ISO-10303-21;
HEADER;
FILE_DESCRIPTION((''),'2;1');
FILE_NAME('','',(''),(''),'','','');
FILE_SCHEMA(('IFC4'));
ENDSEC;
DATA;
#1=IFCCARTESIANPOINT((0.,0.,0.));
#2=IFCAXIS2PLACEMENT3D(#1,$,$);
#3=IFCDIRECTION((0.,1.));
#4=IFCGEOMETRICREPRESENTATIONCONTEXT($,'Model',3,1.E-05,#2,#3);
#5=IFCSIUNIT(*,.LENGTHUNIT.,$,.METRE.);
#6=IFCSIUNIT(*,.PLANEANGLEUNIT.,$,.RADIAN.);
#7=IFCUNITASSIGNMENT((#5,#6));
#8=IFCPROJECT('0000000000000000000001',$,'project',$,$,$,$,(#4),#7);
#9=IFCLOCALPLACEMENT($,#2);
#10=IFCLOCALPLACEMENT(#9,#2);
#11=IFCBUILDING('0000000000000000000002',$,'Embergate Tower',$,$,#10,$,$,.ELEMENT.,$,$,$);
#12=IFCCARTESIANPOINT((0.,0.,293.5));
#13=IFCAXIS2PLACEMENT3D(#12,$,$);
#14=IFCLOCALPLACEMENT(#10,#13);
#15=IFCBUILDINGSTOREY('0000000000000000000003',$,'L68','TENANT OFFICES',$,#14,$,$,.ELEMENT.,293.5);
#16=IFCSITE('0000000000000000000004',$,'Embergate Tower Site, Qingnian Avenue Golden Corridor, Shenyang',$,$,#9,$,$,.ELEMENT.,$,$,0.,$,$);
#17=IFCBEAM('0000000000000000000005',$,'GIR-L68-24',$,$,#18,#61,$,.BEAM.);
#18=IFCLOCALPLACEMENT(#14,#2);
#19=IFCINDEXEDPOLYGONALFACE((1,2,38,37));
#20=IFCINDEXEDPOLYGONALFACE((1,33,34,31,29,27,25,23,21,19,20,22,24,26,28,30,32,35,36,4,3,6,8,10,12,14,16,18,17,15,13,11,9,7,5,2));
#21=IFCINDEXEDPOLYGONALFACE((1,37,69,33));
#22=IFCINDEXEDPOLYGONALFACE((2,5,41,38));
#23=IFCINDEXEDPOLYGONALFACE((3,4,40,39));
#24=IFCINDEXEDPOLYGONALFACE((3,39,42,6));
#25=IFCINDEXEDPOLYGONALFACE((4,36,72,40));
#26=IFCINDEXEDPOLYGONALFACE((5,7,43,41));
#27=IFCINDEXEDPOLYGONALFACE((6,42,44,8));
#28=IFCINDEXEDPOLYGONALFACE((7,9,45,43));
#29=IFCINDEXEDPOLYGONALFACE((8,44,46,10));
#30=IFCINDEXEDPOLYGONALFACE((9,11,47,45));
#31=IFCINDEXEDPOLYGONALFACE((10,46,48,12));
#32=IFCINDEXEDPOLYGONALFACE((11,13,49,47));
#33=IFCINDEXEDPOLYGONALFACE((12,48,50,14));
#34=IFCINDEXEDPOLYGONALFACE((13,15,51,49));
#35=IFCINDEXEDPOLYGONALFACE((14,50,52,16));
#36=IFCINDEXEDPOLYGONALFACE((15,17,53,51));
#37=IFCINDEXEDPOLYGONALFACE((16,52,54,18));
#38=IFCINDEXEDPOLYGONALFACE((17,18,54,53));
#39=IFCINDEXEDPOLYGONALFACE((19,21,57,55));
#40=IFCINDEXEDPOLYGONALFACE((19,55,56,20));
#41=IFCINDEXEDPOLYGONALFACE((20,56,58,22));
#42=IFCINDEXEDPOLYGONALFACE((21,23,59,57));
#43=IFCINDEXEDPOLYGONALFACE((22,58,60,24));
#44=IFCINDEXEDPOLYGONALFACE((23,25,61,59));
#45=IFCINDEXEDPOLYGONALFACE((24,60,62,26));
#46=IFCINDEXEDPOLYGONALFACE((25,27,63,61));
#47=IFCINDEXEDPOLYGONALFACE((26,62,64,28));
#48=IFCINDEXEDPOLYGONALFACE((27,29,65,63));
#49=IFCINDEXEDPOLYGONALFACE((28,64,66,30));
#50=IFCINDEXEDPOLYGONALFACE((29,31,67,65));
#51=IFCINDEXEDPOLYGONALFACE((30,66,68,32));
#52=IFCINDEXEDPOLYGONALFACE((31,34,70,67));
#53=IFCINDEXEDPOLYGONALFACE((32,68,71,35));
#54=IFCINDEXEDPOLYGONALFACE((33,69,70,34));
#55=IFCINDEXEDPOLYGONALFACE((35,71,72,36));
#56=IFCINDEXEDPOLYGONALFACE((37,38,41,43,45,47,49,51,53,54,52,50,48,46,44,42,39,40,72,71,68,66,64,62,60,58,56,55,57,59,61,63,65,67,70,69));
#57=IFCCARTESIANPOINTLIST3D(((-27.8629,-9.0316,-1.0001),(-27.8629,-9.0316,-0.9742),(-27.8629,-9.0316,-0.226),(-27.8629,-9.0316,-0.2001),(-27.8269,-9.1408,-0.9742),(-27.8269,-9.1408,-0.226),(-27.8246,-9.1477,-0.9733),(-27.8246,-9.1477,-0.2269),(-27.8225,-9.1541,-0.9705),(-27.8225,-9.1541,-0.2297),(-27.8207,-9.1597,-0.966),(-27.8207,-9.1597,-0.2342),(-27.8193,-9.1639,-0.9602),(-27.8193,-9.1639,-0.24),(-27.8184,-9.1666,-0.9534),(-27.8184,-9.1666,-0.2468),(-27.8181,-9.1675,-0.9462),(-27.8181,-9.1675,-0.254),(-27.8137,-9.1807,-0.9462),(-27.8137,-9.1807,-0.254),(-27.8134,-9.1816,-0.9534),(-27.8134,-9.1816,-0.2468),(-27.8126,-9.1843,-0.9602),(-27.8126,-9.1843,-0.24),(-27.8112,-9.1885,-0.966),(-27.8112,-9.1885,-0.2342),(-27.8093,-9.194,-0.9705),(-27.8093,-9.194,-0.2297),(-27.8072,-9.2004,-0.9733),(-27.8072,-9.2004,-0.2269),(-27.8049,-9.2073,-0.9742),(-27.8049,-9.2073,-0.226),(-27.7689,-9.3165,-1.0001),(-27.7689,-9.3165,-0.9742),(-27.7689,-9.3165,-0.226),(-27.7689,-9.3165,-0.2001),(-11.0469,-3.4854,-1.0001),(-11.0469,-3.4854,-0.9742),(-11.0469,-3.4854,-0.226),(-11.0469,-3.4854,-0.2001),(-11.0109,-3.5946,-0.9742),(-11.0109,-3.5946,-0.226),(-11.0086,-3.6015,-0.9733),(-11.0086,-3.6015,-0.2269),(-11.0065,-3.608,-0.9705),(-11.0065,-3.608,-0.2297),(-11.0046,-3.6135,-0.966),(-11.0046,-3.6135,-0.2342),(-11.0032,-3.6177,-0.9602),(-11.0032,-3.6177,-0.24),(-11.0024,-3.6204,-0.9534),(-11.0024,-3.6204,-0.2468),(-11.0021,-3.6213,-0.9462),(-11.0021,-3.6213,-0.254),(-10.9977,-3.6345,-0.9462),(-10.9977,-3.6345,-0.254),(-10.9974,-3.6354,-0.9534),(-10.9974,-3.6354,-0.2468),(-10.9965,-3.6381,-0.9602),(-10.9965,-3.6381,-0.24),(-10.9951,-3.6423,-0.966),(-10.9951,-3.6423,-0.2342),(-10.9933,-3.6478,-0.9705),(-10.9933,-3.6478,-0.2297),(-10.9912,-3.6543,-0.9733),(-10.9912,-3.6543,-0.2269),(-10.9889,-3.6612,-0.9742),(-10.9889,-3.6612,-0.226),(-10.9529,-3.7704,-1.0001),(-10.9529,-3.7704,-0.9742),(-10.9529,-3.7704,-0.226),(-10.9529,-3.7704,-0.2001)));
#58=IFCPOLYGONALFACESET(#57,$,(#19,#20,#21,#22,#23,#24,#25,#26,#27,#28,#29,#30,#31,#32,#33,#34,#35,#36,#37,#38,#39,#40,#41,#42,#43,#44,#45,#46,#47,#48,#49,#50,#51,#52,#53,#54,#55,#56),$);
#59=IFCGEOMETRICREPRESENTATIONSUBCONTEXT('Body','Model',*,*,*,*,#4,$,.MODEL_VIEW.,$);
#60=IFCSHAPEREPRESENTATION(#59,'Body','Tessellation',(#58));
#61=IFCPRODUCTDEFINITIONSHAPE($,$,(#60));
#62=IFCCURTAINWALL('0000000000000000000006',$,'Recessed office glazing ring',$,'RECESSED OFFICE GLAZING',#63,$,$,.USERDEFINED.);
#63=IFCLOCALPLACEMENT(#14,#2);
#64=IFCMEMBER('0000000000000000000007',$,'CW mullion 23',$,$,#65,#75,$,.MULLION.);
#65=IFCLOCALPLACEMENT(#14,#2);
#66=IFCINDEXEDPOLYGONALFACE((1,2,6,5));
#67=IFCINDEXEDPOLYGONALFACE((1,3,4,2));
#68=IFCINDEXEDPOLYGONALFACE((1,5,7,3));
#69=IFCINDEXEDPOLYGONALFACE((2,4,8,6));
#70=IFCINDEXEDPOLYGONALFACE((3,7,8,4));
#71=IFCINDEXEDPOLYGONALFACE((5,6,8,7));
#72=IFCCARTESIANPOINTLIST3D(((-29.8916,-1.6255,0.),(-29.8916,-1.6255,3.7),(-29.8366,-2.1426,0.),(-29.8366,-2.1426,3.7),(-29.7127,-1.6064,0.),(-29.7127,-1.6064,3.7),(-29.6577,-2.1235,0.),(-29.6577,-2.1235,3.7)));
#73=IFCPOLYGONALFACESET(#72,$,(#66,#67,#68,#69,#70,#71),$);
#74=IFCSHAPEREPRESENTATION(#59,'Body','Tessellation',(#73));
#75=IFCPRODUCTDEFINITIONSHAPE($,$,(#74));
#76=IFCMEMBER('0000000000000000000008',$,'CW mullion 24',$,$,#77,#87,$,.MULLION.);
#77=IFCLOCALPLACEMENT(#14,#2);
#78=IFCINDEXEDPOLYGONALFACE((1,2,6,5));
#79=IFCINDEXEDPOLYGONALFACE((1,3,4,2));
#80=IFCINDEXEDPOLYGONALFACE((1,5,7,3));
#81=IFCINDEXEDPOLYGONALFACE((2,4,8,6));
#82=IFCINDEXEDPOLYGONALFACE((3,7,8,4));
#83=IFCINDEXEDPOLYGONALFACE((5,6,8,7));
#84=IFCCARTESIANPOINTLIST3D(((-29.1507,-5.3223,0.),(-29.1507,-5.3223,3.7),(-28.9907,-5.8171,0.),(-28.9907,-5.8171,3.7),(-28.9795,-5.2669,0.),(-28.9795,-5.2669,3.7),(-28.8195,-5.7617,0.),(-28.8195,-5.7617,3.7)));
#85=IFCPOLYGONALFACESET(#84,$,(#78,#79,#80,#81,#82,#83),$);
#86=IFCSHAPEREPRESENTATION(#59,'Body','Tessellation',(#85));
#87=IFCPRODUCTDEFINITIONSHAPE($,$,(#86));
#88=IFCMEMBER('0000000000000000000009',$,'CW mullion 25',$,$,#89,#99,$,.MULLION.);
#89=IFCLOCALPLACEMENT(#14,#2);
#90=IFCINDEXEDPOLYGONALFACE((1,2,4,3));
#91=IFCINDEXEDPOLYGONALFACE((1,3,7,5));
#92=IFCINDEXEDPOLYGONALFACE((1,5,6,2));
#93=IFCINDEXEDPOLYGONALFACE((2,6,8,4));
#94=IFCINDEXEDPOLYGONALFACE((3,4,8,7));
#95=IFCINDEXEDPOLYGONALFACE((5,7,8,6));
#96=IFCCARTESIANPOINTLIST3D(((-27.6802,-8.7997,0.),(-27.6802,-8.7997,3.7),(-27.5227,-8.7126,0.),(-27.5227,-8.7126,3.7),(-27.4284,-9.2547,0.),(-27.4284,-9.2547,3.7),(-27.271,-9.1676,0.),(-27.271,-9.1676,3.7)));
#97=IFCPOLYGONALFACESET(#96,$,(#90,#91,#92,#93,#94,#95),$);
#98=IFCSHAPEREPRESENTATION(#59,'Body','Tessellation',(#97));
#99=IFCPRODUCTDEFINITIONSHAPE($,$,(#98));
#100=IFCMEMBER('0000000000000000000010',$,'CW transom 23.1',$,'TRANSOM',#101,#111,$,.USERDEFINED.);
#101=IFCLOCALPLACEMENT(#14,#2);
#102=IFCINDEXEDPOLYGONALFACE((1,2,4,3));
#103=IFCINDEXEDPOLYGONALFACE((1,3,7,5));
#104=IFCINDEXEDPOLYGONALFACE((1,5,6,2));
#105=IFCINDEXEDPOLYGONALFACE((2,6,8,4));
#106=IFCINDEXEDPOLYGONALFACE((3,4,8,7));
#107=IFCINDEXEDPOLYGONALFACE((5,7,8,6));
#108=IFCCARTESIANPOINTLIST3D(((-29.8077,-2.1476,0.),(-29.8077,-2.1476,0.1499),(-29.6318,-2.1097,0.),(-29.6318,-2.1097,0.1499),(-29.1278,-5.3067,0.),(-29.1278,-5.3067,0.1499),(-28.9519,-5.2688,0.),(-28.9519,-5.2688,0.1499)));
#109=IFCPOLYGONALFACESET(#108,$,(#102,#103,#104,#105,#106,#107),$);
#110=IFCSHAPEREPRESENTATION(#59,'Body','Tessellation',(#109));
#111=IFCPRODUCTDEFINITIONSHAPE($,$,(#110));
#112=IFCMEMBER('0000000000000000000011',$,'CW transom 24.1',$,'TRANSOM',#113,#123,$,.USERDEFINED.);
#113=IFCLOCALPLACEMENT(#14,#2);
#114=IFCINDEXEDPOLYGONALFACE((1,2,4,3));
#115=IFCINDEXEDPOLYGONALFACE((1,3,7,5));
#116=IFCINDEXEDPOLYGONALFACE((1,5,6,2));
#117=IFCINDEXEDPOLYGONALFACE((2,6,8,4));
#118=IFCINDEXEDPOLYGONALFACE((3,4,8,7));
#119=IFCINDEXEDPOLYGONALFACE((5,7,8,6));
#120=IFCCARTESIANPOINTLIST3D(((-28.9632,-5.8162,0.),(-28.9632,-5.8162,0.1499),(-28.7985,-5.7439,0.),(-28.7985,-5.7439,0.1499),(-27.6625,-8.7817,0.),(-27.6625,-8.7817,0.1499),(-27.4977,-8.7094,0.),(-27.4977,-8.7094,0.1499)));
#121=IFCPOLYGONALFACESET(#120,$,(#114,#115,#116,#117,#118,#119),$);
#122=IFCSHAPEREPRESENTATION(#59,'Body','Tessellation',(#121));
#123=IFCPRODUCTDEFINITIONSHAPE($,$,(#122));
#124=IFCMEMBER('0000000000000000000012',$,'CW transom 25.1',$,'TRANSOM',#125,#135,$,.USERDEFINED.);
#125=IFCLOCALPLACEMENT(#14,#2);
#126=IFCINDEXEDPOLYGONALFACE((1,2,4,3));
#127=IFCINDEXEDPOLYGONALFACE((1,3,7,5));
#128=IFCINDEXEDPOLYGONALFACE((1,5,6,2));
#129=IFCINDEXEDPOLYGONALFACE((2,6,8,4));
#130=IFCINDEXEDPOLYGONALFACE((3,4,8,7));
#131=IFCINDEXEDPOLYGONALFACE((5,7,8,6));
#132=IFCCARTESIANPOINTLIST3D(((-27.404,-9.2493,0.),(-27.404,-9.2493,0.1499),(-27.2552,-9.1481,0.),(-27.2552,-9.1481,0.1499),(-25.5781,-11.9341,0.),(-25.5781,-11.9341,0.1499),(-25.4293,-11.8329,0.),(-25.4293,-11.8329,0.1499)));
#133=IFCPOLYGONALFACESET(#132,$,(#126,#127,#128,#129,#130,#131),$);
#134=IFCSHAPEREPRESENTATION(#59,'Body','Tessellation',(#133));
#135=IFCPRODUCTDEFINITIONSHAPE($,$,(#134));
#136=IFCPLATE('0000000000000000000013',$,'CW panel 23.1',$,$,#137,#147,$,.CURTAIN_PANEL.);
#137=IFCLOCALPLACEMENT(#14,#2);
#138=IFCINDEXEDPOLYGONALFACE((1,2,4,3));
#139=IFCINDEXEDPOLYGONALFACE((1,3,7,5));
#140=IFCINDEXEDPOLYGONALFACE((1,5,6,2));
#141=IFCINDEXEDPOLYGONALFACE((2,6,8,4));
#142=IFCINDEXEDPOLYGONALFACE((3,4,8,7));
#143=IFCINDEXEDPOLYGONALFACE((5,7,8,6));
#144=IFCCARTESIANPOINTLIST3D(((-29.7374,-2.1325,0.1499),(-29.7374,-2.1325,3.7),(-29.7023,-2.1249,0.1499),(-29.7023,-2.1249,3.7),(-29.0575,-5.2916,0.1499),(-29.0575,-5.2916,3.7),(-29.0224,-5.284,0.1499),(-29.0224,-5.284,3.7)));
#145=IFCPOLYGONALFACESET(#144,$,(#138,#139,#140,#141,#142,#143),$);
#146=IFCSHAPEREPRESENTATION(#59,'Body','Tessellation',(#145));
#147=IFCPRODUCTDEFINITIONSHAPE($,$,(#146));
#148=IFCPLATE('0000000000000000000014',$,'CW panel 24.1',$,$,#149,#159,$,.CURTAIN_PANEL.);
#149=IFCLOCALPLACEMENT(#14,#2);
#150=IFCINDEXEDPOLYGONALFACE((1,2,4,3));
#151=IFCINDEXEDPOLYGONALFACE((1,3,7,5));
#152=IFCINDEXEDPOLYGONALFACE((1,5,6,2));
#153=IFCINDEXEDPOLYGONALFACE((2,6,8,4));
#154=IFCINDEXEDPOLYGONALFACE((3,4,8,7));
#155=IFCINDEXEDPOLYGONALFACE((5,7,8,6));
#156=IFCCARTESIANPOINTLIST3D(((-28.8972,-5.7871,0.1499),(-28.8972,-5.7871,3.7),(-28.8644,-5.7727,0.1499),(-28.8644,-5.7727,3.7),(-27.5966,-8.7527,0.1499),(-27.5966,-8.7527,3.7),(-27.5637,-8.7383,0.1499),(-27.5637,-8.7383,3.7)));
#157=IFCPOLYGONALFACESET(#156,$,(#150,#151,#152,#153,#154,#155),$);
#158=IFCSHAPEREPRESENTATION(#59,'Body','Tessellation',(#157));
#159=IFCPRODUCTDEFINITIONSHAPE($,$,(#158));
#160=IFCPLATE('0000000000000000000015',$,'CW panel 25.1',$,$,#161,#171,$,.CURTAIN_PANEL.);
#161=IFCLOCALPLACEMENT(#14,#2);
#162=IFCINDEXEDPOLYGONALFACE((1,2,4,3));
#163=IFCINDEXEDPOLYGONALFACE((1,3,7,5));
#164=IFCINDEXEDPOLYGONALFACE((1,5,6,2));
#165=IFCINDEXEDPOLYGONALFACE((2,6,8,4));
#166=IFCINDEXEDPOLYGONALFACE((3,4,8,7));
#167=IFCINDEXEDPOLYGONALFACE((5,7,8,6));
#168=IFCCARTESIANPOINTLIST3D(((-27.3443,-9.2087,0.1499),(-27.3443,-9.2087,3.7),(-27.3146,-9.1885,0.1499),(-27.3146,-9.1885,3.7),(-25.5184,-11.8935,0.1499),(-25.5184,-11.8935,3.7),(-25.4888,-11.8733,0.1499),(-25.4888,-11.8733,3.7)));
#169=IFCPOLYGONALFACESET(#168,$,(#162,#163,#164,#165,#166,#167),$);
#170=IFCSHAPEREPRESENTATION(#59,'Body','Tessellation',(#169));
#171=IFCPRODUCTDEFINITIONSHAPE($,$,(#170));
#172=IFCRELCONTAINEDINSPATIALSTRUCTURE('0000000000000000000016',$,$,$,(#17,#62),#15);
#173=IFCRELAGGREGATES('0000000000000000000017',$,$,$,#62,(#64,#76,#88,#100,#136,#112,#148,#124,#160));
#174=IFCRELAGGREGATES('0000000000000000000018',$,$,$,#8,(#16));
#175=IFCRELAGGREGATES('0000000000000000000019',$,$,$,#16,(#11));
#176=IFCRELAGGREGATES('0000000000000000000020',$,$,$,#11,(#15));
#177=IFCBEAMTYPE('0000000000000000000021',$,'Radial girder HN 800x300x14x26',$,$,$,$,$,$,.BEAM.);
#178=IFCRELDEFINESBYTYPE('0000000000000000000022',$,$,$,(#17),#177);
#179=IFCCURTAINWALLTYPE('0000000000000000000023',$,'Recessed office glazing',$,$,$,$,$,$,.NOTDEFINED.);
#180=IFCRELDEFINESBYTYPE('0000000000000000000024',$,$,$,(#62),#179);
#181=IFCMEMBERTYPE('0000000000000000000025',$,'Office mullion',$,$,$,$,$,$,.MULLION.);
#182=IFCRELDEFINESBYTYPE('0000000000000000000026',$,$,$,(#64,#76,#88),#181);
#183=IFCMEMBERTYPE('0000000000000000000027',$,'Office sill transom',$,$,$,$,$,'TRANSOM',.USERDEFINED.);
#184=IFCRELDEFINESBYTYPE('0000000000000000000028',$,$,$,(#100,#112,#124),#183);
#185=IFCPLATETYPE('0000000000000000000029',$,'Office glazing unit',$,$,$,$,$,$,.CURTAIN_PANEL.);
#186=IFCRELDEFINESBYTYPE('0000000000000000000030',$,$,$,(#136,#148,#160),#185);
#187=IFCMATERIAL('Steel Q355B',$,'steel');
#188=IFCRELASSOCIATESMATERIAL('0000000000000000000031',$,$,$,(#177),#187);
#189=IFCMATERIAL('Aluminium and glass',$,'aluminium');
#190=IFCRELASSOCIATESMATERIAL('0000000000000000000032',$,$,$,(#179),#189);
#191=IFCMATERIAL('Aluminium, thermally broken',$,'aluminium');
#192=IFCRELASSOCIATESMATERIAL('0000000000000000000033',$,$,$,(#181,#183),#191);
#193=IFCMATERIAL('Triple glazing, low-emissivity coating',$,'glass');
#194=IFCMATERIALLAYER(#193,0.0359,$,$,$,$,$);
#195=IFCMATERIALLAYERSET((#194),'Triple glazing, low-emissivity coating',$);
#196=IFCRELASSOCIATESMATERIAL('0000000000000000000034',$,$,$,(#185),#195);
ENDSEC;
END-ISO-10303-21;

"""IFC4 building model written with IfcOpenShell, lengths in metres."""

from ifc_helpers import new_model, si_unit, direction, frame, origin, origin_2d, place, context, subcontext, project, spatial, rectangle, i_section, extrude, source, transform, mapped, material, layer, layer_set, material_profile, profile_set, type_object, element, aggregate, save


model = new_model("IFC4")

# Units and contexts
model_context = context("Model", 3, precision=1e-05, world=origin(), true_north=direction((0.0, 1.0)))
body_context = subcontext(model_context, "Body", "Model", "MODEL_VIEW")
ifc_project = project(units=[si_unit("LENGTHUNIT", "METRE"), si_unit("PLANEANGLEUNIT", "RADIAN")], contexts=[model_context])

# Site, building, storey
site_placement = place(None, origin())
site = spatial("IfcSite", under=ifc_project, at=site_placement, Name="Embergate Tower Site, Qingnian Avenue Golden Corridor, Shenyang", CompositionType="ELEMENT", RefElevation=0.0)
building_placement = place(site_placement, origin())
building = spatial("IfcBuilding", under=site, at=building_placement, Name="Embergate Tower", CompositionType="ELEMENT")
storey_placement = place(building_placement, frame((0.0, 0.0, 293.5)))
storey = spatial("IfcBuildingStorey", under=building, at=storey_placement, Name="L68", Description="TENANT OFFICES", CompositionType="ELEMENT", Elevation=293.5)

# Beam
ifc_material_1 = material(Name="Steel Q355B", Category="steel")
ifc_material_profile_1 = material_profile(ifc_material_1, i_section(OverallWidth=0.3, OverallDepth=0.8, WebThickness=0.0139, FlangeThickness=0.0259, FilletRadius=0.0281, at=origin_2d()), Name="HN 800x300x14x26")
ifc_profile_set_1 = profile_set([ifc_material_profile_1], Name="Steel Q355 grade B")
beam_type_1 = type_object("IfcBeamType", Name="Radial girder HN 800x300x14x26", PredefinedType="BEAM", material=ifc_profile_set_1)
shared_shape_1 = source(origin(), body_context, "Body", "SweptSolid", [
    extrude(i_section(OverallWidth=0.3, OverallDepth=0.8, WebThickness=0.0139, FlangeThickness=0.0259, FilletRadius=0.0281, at=origin_2d()), origin(), (0.0, 0.0, 1.0), 17.707),
])
beam_1_placement = place(storey_placement, frame((-27.8159, -9.1741, -0.6001), z_axis=(0.949681, 0.313219, 0.0), x_axis=(-0.313219, 0.949681, 0.0)))
element("IfcBeam", 1, at=beam_1_placement, inside=storey, type_object=beam_type_1, Name="GIR-L68-24", PredefinedType="BEAM", context=body_context, shape_type="MappedRepresentation", body=[
    mapped(shared_shape_1, transform((0.0, 0.0, 0.0))),
])

# Curtain wall, members, plates
ifc_material_2 = material(Name="Aluminium and glass", Category="aluminium")
curtain_wall_type = type_object("IfcCurtainWallType", Name="Recessed office glazing", PredefinedType="NOTDEFINED", material=ifc_material_2)
curtain_wall_placement = place(storey_placement, origin())
curtain_wall = element("IfcCurtainWall", 2, at=curtain_wall_placement, inside=storey, type_object=curtain_wall_type, Name="Recessed office glazing ring", ObjectType="RECESSED OFFICE GLAZING", PredefinedType="USERDEFINED")
ifc_material_3 = material(Name="Aluminium, thermally broken", Category="aluminium")
ifc_material_profile_2 = material_profile(ifc_material_3, rectangle(XDim=0.1799, YDim=0.52, at=origin_2d()), Name="AL 520x180")
ifc_profile_set_2 = profile_set([ifc_material_profile_2], Name="Aluminium, thermally broken")
member_type_1 = type_object("IfcMemberType", Name="Office mullion", PredefinedType="MULLION", material=ifc_profile_set_2)
shared_shape_2 = source(origin(), body_context, "Body", "SweptSolid", [
    extrude(rectangle(XDim=0.1799, YDim=0.52, at=origin_2d()), origin(), (0.0, 0.0, 1.0), 3.7),
])
member_1_placement = place(storey_placement, frame((-29.7747, -1.8745, 0.0), z_axis=(0.0, 0.0, 1.0), x_axis=(0.994384, 0.10583, 0.0)))
member_1 = element("IfcMember", 3, at=member_1_placement, type_object=member_type_1, Name="CW mullion 23", PredefinedType="MULLION", context=body_context, shape_type="MappedRepresentation", body=[
    mapped(shared_shape_2, transform((0.0, 0.0, 0.0))),
])
member_2_placement = place(storey_placement, frame((-28.9851, -5.542, 0.0), z_axis=(0.0, 0.0, 1.0), x_axis=(0.951494, 0.307669, 0.0)))
member_2 = element("IfcMember", 4, at=member_2_placement, type_object=member_type_1, Name="CW mullion 24", PredefinedType="MULLION", context=body_context, shape_type="MappedRepresentation", body=[
    mapped(shared_shape_2, transform((0.0, 0.0, 0.0))),
])
member_3_placement = place(storey_placement, frame((-27.4756, -8.9836, 0.0), z_axis=(0.0, 0.0, 1.0), x_axis=(0.874993, 0.484135, 0.0)))
member_3 = element("IfcMember", 5, at=member_3_placement, type_object=member_type_1, Name="CW mullion 25", PredefinedType="MULLION", context=body_context, shape_type="MappedRepresentation", body=[
    mapped(shared_shape_2, transform((0.0, 0.0, 0.0))),
])
ifc_material_profile_3 = material_profile(ifc_material_3, rectangle(XDim=0.1799, YDim=0.1499, at=origin_2d()), Name="AL 150x180")
ifc_profile_set_3 = profile_set([ifc_material_profile_3], Name="Aluminium, thermally broken")
member_type_2 = type_object("IfcMemberType", Name="Office sill transom", ElementType="TRANSOM", PredefinedType="USERDEFINED", material=ifc_profile_set_3)
shared_shape_3 = source(origin(), body_context, "Body", "SweptSolid", [
    extrude(rectangle(XDim=0.1799, YDim=0.1499, at=origin_2d()), origin(), (0.0, 0.0, 1.0), 3.2314),
])
member_4_placement = place(storey_placement, frame((-29.7197, -2.1287, 0.075), z_axis=(0.210406, -0.977614, 0.0), x_axis=(0.977614, 0.210406, 0.0)))
member_4 = element("IfcMember", 6, at=member_4_placement, type_object=member_type_2, Name="CW transom 23.1", ObjectType="TRANSOM", PredefinedType="USERDEFINED", context=body_context, shape_type="MappedRepresentation", body=[
    mapped(shared_shape_3, transform((0.0, 0.0, 0.0))),
])
shared_shape_4 = source(origin(), body_context, "Body", "SweptSolid", [
    extrude(rectangle(XDim=0.1799, YDim=0.1499, at=origin_2d()), origin(), (0.0, 0.0, 1.0), 3.2383),
])
member_5_placement = place(storey_placement, frame((-28.8809, -5.78, 0.075), z_axis=(0.401685, -0.915778, 0.0), x_axis=(0.915778, 0.401685, 0.0)))
member_5 = element("IfcMember", 7, at=member_5_placement, type_object=member_type_2, Name="CW transom 24.1", ObjectType="TRANSOM", PredefinedType="USERDEFINED", context=body_context, shape_type="MappedRepresentation", body=[
    mapped(shared_shape_4, transform((0.0, 0.0, 0.0))),
])
shared_shape_5 = source(origin(), body_context, "Body", "SweptSolid", [
    extrude(rectangle(XDim=0.1799, YDim=0.1499, at=origin_2d()), origin(), (0.0, 0.0, 1.0), 3.2468),
])
member_6_placement = place(storey_placement, frame((-27.3296, -9.1987, 0.075), z_axis=(0.562363, -0.82689, 0.0), x_axis=(0.82689, 0.562363, 0.0)))
member_6 = element("IfcMember", 8, at=member_6_placement, type_object=member_type_2, Name="CW transom 25.1", ObjectType="TRANSOM", PredefinedType="USERDEFINED", context=body_context, shape_type="MappedRepresentation", body=[
    mapped(shared_shape_5, transform((0.0, 0.0, 0.0))),
])
ifc_material_4 = material(Name="Triple glazing, low-emissivity coating", Category="glass")
ifc_layer_1 = layer(ifc_material_4, 0.0359)
ifc_layer_set_1 = layer_set([ifc_layer_1], Name="Triple glazing, low-emissivity coating")
plate_type = type_object("IfcPlateType", Name="Office glazing unit", PredefinedType="CURTAIN_PANEL", material=ifc_layer_set_1)
shared_shape_6 = source(origin(), body_context, "Body", "SweptSolid", [
    extrude(rectangle(XDim=3.2314, YDim=0.0359, at=origin_2d()), origin(), (0.0, 0.0, 1.0), 3.55),
])
plate_1_placement = place(storey_placement, frame((-29.3799, -3.7083, 0.1499), z_axis=(0.0, 0.0, 1.0), x_axis=(0.210398, -0.977616, 0.0)))
plate_1 = element("IfcPlate", 9, at=plate_1_placement, type_object=plate_type, Name="CW panel 23.1", PredefinedType="CURTAIN_PANEL", context=body_context, shape_type="MappedRepresentation", body=[
    mapped(shared_shape_6, transform((0.0, 0.0, 0.0))),
])
shared_shape_7 = source(origin(), body_context, "Body", "SweptSolid", [
    extrude(rectangle(XDim=3.2383, YDim=0.0359, at=origin_2d()), origin(), (0.0, 0.0, 1.0), 3.55),
])
plate_2_placement = place(storey_placement, frame((-28.2305, -7.2627, 0.1499), z_axis=(0.0, 0.0, 1.0), x_axis=(0.401654, -0.915792, 0.0)))
plate_2 = element("IfcPlate", 10, at=plate_2_placement, type_object=plate_type, Name="CW panel 24.1", PredefinedType="CURTAIN_PANEL", context=body_context, shape_type="MappedRepresentation", body=[
    mapped(shared_shape_7, transform((0.0, 0.0, 0.0))),
])
shared_shape_8 = source(origin(), body_context, "Body", "SweptSolid", [
    extrude(rectangle(XDim=3.2468, YDim=0.0359, at=origin_2d()), origin(), (0.0, 0.0, 1.0), 3.55),
])
plate_3_placement = place(storey_placement, frame((-26.4165, -10.541, 0.1499), z_axis=(0.0, 0.0, 1.0), x_axis=(0.562342, -0.826905, 0.0)))
plate_3 = element("IfcPlate", 11, at=plate_3_placement, type_object=plate_type, Name="CW panel 25.1", PredefinedType="CURTAIN_PANEL", context=body_context, shape_type="MappedRepresentation", body=[
    mapped(shared_shape_8, transform((0.0, 0.0, 0.0))),
])
aggregate(curtain_wall, [member_1, member_2, member_3, member_4, plate_1, member_5, plate_2, member_6, plate_3])

save(model, "model.ifc")
